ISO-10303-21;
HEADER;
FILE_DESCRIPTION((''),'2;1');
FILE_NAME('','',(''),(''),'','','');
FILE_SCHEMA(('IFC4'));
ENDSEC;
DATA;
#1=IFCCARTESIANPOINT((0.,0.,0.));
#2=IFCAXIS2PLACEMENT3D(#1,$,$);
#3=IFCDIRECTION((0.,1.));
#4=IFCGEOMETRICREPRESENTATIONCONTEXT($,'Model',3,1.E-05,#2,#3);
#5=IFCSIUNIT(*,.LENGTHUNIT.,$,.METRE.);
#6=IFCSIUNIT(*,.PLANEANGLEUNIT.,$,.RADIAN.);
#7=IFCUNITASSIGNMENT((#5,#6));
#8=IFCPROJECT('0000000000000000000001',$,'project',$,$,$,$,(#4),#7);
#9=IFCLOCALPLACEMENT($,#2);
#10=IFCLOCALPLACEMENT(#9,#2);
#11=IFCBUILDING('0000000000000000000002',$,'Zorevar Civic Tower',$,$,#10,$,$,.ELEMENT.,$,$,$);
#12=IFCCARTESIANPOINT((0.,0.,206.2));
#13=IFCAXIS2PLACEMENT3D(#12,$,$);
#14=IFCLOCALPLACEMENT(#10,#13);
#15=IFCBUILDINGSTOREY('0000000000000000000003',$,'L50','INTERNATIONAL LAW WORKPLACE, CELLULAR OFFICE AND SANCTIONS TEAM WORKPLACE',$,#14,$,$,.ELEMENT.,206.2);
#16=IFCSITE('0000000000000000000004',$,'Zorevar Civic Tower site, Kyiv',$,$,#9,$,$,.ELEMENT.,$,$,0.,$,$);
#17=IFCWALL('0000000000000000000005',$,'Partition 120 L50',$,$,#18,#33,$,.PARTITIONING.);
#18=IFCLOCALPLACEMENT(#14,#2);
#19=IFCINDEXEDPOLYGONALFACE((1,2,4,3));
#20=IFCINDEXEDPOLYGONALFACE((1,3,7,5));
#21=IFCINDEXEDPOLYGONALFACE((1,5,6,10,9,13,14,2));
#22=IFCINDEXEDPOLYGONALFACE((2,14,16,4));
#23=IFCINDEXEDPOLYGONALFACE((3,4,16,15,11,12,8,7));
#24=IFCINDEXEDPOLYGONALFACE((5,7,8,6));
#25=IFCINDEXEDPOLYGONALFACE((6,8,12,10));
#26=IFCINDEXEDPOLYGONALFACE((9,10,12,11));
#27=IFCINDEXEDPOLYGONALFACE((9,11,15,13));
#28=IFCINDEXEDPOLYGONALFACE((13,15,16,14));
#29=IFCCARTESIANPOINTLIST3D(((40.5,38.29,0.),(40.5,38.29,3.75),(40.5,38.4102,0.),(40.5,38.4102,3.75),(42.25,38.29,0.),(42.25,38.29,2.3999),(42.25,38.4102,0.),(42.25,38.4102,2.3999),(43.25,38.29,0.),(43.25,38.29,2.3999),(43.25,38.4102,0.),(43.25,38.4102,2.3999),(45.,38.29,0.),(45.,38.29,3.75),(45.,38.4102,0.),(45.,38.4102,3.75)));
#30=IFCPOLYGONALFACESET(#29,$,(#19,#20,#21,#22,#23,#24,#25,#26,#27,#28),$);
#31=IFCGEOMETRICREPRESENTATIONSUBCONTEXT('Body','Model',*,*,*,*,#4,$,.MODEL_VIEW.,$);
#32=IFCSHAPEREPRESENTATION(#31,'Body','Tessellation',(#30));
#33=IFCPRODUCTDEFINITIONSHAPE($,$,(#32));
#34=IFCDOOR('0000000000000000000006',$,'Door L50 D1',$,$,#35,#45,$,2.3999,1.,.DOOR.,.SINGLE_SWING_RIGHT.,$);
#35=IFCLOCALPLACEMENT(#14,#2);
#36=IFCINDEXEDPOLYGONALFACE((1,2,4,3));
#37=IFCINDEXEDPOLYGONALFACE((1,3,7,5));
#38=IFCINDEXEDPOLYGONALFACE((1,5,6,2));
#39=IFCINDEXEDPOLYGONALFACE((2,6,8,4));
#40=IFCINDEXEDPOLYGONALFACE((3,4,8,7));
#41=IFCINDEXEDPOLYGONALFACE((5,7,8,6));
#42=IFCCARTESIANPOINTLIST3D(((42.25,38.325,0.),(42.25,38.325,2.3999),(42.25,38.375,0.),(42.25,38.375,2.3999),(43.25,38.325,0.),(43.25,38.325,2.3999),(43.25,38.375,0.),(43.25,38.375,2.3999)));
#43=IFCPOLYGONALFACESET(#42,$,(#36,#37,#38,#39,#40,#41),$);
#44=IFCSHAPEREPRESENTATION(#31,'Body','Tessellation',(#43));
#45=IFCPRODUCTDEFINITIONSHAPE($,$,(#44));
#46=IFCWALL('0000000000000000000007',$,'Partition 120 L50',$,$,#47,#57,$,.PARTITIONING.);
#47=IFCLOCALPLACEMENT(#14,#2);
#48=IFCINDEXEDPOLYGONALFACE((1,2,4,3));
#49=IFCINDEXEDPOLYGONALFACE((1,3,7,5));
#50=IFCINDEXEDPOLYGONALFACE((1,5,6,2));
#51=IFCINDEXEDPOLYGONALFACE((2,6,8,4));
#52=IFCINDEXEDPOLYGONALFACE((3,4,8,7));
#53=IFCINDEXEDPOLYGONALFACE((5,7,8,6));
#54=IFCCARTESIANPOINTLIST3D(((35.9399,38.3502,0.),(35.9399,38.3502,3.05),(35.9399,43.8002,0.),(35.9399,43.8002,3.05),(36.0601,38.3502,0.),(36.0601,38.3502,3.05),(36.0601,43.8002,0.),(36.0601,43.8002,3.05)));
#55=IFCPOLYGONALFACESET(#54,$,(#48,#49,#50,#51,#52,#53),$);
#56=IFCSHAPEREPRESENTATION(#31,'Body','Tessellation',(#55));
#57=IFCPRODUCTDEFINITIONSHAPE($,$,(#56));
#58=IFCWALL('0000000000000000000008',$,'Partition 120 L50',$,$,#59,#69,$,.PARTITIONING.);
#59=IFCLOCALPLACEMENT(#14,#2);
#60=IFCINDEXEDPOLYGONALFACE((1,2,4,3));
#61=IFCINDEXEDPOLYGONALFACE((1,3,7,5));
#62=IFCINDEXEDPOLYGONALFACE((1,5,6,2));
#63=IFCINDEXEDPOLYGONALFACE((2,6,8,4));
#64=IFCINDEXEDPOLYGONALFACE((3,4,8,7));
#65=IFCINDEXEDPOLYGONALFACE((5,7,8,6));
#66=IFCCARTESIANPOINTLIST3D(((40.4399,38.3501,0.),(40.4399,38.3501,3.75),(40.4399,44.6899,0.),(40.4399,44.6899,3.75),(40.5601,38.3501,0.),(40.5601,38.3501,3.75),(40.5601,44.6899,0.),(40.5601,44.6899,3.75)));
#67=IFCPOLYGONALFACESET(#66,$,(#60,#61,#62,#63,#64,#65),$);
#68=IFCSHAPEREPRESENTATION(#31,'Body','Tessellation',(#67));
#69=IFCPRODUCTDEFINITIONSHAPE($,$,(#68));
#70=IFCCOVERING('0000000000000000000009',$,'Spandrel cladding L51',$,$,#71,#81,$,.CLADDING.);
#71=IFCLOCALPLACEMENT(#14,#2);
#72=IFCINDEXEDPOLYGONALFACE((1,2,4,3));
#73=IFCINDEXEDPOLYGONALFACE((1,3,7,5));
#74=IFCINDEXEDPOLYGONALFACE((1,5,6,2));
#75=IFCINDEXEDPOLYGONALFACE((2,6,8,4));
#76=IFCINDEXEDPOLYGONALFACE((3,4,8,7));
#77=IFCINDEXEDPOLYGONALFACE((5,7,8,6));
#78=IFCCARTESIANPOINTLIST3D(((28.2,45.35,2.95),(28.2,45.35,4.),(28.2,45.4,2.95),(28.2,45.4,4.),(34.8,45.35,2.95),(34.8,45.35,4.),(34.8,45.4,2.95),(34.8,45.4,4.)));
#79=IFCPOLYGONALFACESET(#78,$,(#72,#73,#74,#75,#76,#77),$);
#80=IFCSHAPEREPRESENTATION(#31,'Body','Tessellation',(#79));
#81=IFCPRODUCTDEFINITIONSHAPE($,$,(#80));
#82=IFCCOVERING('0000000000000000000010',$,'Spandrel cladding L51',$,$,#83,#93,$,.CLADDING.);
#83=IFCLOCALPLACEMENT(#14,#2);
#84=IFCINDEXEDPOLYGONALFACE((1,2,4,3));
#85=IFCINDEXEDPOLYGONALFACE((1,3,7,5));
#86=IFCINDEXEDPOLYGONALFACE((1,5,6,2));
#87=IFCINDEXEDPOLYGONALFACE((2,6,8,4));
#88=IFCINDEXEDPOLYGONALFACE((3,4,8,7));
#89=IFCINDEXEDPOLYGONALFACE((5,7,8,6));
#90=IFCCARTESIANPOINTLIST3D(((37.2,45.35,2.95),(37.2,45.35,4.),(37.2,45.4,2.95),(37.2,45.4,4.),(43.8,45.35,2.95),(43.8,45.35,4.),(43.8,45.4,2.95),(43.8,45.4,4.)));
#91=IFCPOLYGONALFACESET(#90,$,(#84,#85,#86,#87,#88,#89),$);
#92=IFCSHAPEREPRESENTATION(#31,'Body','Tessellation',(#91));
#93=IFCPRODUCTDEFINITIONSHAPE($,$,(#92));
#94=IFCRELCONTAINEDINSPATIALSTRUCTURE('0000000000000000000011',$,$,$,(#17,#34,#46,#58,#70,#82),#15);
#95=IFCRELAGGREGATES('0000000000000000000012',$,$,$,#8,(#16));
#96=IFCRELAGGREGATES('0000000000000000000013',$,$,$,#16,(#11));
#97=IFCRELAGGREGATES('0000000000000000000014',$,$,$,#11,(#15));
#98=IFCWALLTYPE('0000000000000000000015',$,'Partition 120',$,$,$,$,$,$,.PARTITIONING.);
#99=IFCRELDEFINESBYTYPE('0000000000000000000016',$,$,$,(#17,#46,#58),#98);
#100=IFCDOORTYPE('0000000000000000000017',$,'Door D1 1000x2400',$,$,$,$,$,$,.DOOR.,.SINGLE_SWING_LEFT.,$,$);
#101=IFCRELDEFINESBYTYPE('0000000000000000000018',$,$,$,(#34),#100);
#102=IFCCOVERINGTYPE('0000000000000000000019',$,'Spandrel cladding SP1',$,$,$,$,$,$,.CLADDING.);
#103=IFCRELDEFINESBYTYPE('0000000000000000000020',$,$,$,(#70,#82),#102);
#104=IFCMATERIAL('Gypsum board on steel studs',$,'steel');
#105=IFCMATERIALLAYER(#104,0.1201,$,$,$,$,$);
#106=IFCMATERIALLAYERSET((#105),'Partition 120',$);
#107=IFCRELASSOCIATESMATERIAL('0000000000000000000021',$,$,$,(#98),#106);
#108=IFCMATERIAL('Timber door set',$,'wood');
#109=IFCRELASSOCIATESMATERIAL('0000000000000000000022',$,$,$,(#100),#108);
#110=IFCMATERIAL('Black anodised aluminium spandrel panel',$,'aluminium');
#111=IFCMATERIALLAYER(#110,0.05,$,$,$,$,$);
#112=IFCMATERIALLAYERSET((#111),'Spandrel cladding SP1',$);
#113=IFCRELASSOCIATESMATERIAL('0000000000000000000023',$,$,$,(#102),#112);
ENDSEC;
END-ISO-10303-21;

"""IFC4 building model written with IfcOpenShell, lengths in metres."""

from ifc_helpers import new_model, si_unit, direction, frame, frame_2d, origin, place, context, subcontext, project, spatial, rectangle, extrude, material, layer, layer_set, type_object, element, fill, save


model = new_model("IFC4")

# Units and contexts
model_context = context("Model", 3, precision=1e-05, world=origin(), true_north=direction((0.0, 1.0)))
body_context = subcontext(model_context, "Body", "Model", "MODEL_VIEW")
ifc_project = project(units=[si_unit("LENGTHUNIT", "METRE"), si_unit("PLANEANGLEUNIT", "RADIAN")], contexts=[model_context])

# Site, building, storey
site_placement = place(None, origin())
site = spatial("IfcSite", under=ifc_project, at=site_placement, Name="Zorevar Civic Tower site, Kyiv", CompositionType="ELEMENT", RefElevation=0.0)
building_placement = place(site_placement, origin())
building = spatial("IfcBuilding", under=site, at=building_placement, Name="Zorevar Civic Tower", CompositionType="ELEMENT")
storey_placement = place(building_placement, frame((0.0, 0.0, 206.2)))
storey = spatial("IfcBuildingStorey", under=building, at=storey_placement, Name="L50", Description="INTERNATIONAL LAW WORKPLACE, CELLULAR OFFICE AND SANCTIONS TEAM WORKPLACE", CompositionType="ELEMENT", Elevation=206.2)

# Wall, opening, door
ifc_material_1 = material(Name="Gypsum board on steel studs", Category="steel")
ifc_layer_1 = layer(ifc_material_1, 0.1201)
ifc_layer_set_1 = layer_set([ifc_layer_1], Name="Partition 120")
wall_type = type_object("IfcWallType", Name="Partition 120", PredefinedType="PARTITIONING", material=ifc_layer_set_1)
wall_1_placement = place(storey_placement, frame((40.5, 38.3501, 0.0), z_axis=(0.0, 0.0, 1.0), x_axis=(1.0, 0.0, 0.0)))
wall_1 = element("IfcWall", 1, at=wall_1_placement, inside=storey, type_object=wall_type, Name="Partition 120 L50", PredefinedType="PARTITIONING", context=body_context, shape_type="SweptSolid", body=[
    extrude(rectangle(XDim=4.5, YDim=0.1201, at=frame_2d((2.25, 0.0))), origin(), (0.0, 0.0, 1.0), 3.75),
])
opening_placement = place(wall_1_placement, frame((1.75, 0.0, 0.0)))
opening = element("IfcOpeningElement", 2, at=opening_placement, cuts=wall_1, PredefinedType="OPENING", context=body_context, shape_type="SweptSolid", body=[
    extrude(rectangle(XDim=1.0, YDim=2.3999, at=frame_2d((0.5, 1.2))), frame((0.0, 0.0701, 0.0), z_axis=(0.0, -1.0, 0.0), x_axis=(1.0, 0.0, 0.0)), (0.0, 0.0, 1.0), 0.1401),
])
ifc_material_2 = material(Name="Timber door set", Category="wood")
door_type = type_object("IfcDoorType", Name="Door D1 1000x2400", OperationType="SINGLE_SWING_LEFT", PredefinedType="DOOR", material=ifc_material_2)
door_placement = place(opening_placement, origin())
door = element("IfcDoor", 3, at=door_placement, inside=storey, type_object=door_type, Name="Door L50 D1", OperationType="SINGLE_SWING_RIGHT", OverallHeight=2.3999, OverallWidth=1.0, PredefinedType="DOOR", context=body_context, shape_type="SweptSolid", body=[
    extrude(rectangle(XDim=1.0, YDim=2.3999, at=frame_2d((0.5, 1.2))), frame((0.0, 0.0249, 0.0), z_axis=(0.0, -1.0, 0.0), x_axis=(1.0, 0.0, 0.0)), (0.0, 0.0, 1.0), 0.05),
])
fill(opening, door)

# Walls
wall_2_placement = place(storey_placement, frame((36.0, 38.3501, 0.0), z_axis=(0.0, 0.0, 1.0), x_axis=(0.0, 1.0, 0.0)))
element("IfcWall", 4, at=wall_2_placement, inside=storey, type_object=wall_type, Name="Partition 120 L50", PredefinedType="PARTITIONING", context=body_context, shape_type="SweptSolid", body=[
    extrude(rectangle(XDim=5.45, YDim=0.1201, at=frame_2d((2.7251, 0.0))), origin(), (0.0, 0.0, 1.0), 3.05),
])
wall_3_placement = place(storey_placement, frame((40.5, 38.3501, 0.0), z_axis=(0.0, 0.0, 1.0), x_axis=(0.0, 1.0, 0.0)))
element("IfcWall", 5, at=wall_3_placement, inside=storey, type_object=wall_type, Name="Partition 120 L50", PredefinedType="PARTITIONING", context=body_context, shape_type="SweptSolid", body=[
    extrude(rectangle(XDim=6.3398, YDim=0.1201, at=frame_2d((3.1699, 0.0))), origin(), (0.0, 0.0, 1.0), 3.75),
])

# Coverings
ifc_material_3 = material(Name="Black anodised aluminium spandrel panel", Category="aluminium")
ifc_layer_2 = layer(ifc_material_3, 0.05)
ifc_layer_set_2 = layer_set([ifc_layer_2], Name="Spandrel cladding SP1")
covering_type = type_object("IfcCoveringType", Name="Spandrel cladding SP1", PredefinedType="CLADDING", material=ifc_layer_set_2)
for number, where, z_axis, x_axis, name in (
    (6, (28.2, 45.375, 2.95), (0.0, 0.0, 1.0), (1.0, 0.0, 0.0), "Spandrel cladding L51"),
    (7, (37.2, 45.375, 2.95), (0.0, 0.0, 1.0), (1.0, 0.0, 0.0), "Spandrel cladding L51"),
):
    element("IfcCovering", number, at=place(storey_placement, frame(where, z_axis=z_axis, x_axis=x_axis)), inside=storey, type_object=covering_type, Name=name, PredefinedType="CLADDING", context=body_context, shape_type="SweptSolid", body=[
        extrude(rectangle(XDim=6.6001, YDim=0.05, at=frame_2d((3.3, 0.0))), origin(), (0.0, 0.0, 1.0), 1.05),
    ])

save(model, "model.ifc")
